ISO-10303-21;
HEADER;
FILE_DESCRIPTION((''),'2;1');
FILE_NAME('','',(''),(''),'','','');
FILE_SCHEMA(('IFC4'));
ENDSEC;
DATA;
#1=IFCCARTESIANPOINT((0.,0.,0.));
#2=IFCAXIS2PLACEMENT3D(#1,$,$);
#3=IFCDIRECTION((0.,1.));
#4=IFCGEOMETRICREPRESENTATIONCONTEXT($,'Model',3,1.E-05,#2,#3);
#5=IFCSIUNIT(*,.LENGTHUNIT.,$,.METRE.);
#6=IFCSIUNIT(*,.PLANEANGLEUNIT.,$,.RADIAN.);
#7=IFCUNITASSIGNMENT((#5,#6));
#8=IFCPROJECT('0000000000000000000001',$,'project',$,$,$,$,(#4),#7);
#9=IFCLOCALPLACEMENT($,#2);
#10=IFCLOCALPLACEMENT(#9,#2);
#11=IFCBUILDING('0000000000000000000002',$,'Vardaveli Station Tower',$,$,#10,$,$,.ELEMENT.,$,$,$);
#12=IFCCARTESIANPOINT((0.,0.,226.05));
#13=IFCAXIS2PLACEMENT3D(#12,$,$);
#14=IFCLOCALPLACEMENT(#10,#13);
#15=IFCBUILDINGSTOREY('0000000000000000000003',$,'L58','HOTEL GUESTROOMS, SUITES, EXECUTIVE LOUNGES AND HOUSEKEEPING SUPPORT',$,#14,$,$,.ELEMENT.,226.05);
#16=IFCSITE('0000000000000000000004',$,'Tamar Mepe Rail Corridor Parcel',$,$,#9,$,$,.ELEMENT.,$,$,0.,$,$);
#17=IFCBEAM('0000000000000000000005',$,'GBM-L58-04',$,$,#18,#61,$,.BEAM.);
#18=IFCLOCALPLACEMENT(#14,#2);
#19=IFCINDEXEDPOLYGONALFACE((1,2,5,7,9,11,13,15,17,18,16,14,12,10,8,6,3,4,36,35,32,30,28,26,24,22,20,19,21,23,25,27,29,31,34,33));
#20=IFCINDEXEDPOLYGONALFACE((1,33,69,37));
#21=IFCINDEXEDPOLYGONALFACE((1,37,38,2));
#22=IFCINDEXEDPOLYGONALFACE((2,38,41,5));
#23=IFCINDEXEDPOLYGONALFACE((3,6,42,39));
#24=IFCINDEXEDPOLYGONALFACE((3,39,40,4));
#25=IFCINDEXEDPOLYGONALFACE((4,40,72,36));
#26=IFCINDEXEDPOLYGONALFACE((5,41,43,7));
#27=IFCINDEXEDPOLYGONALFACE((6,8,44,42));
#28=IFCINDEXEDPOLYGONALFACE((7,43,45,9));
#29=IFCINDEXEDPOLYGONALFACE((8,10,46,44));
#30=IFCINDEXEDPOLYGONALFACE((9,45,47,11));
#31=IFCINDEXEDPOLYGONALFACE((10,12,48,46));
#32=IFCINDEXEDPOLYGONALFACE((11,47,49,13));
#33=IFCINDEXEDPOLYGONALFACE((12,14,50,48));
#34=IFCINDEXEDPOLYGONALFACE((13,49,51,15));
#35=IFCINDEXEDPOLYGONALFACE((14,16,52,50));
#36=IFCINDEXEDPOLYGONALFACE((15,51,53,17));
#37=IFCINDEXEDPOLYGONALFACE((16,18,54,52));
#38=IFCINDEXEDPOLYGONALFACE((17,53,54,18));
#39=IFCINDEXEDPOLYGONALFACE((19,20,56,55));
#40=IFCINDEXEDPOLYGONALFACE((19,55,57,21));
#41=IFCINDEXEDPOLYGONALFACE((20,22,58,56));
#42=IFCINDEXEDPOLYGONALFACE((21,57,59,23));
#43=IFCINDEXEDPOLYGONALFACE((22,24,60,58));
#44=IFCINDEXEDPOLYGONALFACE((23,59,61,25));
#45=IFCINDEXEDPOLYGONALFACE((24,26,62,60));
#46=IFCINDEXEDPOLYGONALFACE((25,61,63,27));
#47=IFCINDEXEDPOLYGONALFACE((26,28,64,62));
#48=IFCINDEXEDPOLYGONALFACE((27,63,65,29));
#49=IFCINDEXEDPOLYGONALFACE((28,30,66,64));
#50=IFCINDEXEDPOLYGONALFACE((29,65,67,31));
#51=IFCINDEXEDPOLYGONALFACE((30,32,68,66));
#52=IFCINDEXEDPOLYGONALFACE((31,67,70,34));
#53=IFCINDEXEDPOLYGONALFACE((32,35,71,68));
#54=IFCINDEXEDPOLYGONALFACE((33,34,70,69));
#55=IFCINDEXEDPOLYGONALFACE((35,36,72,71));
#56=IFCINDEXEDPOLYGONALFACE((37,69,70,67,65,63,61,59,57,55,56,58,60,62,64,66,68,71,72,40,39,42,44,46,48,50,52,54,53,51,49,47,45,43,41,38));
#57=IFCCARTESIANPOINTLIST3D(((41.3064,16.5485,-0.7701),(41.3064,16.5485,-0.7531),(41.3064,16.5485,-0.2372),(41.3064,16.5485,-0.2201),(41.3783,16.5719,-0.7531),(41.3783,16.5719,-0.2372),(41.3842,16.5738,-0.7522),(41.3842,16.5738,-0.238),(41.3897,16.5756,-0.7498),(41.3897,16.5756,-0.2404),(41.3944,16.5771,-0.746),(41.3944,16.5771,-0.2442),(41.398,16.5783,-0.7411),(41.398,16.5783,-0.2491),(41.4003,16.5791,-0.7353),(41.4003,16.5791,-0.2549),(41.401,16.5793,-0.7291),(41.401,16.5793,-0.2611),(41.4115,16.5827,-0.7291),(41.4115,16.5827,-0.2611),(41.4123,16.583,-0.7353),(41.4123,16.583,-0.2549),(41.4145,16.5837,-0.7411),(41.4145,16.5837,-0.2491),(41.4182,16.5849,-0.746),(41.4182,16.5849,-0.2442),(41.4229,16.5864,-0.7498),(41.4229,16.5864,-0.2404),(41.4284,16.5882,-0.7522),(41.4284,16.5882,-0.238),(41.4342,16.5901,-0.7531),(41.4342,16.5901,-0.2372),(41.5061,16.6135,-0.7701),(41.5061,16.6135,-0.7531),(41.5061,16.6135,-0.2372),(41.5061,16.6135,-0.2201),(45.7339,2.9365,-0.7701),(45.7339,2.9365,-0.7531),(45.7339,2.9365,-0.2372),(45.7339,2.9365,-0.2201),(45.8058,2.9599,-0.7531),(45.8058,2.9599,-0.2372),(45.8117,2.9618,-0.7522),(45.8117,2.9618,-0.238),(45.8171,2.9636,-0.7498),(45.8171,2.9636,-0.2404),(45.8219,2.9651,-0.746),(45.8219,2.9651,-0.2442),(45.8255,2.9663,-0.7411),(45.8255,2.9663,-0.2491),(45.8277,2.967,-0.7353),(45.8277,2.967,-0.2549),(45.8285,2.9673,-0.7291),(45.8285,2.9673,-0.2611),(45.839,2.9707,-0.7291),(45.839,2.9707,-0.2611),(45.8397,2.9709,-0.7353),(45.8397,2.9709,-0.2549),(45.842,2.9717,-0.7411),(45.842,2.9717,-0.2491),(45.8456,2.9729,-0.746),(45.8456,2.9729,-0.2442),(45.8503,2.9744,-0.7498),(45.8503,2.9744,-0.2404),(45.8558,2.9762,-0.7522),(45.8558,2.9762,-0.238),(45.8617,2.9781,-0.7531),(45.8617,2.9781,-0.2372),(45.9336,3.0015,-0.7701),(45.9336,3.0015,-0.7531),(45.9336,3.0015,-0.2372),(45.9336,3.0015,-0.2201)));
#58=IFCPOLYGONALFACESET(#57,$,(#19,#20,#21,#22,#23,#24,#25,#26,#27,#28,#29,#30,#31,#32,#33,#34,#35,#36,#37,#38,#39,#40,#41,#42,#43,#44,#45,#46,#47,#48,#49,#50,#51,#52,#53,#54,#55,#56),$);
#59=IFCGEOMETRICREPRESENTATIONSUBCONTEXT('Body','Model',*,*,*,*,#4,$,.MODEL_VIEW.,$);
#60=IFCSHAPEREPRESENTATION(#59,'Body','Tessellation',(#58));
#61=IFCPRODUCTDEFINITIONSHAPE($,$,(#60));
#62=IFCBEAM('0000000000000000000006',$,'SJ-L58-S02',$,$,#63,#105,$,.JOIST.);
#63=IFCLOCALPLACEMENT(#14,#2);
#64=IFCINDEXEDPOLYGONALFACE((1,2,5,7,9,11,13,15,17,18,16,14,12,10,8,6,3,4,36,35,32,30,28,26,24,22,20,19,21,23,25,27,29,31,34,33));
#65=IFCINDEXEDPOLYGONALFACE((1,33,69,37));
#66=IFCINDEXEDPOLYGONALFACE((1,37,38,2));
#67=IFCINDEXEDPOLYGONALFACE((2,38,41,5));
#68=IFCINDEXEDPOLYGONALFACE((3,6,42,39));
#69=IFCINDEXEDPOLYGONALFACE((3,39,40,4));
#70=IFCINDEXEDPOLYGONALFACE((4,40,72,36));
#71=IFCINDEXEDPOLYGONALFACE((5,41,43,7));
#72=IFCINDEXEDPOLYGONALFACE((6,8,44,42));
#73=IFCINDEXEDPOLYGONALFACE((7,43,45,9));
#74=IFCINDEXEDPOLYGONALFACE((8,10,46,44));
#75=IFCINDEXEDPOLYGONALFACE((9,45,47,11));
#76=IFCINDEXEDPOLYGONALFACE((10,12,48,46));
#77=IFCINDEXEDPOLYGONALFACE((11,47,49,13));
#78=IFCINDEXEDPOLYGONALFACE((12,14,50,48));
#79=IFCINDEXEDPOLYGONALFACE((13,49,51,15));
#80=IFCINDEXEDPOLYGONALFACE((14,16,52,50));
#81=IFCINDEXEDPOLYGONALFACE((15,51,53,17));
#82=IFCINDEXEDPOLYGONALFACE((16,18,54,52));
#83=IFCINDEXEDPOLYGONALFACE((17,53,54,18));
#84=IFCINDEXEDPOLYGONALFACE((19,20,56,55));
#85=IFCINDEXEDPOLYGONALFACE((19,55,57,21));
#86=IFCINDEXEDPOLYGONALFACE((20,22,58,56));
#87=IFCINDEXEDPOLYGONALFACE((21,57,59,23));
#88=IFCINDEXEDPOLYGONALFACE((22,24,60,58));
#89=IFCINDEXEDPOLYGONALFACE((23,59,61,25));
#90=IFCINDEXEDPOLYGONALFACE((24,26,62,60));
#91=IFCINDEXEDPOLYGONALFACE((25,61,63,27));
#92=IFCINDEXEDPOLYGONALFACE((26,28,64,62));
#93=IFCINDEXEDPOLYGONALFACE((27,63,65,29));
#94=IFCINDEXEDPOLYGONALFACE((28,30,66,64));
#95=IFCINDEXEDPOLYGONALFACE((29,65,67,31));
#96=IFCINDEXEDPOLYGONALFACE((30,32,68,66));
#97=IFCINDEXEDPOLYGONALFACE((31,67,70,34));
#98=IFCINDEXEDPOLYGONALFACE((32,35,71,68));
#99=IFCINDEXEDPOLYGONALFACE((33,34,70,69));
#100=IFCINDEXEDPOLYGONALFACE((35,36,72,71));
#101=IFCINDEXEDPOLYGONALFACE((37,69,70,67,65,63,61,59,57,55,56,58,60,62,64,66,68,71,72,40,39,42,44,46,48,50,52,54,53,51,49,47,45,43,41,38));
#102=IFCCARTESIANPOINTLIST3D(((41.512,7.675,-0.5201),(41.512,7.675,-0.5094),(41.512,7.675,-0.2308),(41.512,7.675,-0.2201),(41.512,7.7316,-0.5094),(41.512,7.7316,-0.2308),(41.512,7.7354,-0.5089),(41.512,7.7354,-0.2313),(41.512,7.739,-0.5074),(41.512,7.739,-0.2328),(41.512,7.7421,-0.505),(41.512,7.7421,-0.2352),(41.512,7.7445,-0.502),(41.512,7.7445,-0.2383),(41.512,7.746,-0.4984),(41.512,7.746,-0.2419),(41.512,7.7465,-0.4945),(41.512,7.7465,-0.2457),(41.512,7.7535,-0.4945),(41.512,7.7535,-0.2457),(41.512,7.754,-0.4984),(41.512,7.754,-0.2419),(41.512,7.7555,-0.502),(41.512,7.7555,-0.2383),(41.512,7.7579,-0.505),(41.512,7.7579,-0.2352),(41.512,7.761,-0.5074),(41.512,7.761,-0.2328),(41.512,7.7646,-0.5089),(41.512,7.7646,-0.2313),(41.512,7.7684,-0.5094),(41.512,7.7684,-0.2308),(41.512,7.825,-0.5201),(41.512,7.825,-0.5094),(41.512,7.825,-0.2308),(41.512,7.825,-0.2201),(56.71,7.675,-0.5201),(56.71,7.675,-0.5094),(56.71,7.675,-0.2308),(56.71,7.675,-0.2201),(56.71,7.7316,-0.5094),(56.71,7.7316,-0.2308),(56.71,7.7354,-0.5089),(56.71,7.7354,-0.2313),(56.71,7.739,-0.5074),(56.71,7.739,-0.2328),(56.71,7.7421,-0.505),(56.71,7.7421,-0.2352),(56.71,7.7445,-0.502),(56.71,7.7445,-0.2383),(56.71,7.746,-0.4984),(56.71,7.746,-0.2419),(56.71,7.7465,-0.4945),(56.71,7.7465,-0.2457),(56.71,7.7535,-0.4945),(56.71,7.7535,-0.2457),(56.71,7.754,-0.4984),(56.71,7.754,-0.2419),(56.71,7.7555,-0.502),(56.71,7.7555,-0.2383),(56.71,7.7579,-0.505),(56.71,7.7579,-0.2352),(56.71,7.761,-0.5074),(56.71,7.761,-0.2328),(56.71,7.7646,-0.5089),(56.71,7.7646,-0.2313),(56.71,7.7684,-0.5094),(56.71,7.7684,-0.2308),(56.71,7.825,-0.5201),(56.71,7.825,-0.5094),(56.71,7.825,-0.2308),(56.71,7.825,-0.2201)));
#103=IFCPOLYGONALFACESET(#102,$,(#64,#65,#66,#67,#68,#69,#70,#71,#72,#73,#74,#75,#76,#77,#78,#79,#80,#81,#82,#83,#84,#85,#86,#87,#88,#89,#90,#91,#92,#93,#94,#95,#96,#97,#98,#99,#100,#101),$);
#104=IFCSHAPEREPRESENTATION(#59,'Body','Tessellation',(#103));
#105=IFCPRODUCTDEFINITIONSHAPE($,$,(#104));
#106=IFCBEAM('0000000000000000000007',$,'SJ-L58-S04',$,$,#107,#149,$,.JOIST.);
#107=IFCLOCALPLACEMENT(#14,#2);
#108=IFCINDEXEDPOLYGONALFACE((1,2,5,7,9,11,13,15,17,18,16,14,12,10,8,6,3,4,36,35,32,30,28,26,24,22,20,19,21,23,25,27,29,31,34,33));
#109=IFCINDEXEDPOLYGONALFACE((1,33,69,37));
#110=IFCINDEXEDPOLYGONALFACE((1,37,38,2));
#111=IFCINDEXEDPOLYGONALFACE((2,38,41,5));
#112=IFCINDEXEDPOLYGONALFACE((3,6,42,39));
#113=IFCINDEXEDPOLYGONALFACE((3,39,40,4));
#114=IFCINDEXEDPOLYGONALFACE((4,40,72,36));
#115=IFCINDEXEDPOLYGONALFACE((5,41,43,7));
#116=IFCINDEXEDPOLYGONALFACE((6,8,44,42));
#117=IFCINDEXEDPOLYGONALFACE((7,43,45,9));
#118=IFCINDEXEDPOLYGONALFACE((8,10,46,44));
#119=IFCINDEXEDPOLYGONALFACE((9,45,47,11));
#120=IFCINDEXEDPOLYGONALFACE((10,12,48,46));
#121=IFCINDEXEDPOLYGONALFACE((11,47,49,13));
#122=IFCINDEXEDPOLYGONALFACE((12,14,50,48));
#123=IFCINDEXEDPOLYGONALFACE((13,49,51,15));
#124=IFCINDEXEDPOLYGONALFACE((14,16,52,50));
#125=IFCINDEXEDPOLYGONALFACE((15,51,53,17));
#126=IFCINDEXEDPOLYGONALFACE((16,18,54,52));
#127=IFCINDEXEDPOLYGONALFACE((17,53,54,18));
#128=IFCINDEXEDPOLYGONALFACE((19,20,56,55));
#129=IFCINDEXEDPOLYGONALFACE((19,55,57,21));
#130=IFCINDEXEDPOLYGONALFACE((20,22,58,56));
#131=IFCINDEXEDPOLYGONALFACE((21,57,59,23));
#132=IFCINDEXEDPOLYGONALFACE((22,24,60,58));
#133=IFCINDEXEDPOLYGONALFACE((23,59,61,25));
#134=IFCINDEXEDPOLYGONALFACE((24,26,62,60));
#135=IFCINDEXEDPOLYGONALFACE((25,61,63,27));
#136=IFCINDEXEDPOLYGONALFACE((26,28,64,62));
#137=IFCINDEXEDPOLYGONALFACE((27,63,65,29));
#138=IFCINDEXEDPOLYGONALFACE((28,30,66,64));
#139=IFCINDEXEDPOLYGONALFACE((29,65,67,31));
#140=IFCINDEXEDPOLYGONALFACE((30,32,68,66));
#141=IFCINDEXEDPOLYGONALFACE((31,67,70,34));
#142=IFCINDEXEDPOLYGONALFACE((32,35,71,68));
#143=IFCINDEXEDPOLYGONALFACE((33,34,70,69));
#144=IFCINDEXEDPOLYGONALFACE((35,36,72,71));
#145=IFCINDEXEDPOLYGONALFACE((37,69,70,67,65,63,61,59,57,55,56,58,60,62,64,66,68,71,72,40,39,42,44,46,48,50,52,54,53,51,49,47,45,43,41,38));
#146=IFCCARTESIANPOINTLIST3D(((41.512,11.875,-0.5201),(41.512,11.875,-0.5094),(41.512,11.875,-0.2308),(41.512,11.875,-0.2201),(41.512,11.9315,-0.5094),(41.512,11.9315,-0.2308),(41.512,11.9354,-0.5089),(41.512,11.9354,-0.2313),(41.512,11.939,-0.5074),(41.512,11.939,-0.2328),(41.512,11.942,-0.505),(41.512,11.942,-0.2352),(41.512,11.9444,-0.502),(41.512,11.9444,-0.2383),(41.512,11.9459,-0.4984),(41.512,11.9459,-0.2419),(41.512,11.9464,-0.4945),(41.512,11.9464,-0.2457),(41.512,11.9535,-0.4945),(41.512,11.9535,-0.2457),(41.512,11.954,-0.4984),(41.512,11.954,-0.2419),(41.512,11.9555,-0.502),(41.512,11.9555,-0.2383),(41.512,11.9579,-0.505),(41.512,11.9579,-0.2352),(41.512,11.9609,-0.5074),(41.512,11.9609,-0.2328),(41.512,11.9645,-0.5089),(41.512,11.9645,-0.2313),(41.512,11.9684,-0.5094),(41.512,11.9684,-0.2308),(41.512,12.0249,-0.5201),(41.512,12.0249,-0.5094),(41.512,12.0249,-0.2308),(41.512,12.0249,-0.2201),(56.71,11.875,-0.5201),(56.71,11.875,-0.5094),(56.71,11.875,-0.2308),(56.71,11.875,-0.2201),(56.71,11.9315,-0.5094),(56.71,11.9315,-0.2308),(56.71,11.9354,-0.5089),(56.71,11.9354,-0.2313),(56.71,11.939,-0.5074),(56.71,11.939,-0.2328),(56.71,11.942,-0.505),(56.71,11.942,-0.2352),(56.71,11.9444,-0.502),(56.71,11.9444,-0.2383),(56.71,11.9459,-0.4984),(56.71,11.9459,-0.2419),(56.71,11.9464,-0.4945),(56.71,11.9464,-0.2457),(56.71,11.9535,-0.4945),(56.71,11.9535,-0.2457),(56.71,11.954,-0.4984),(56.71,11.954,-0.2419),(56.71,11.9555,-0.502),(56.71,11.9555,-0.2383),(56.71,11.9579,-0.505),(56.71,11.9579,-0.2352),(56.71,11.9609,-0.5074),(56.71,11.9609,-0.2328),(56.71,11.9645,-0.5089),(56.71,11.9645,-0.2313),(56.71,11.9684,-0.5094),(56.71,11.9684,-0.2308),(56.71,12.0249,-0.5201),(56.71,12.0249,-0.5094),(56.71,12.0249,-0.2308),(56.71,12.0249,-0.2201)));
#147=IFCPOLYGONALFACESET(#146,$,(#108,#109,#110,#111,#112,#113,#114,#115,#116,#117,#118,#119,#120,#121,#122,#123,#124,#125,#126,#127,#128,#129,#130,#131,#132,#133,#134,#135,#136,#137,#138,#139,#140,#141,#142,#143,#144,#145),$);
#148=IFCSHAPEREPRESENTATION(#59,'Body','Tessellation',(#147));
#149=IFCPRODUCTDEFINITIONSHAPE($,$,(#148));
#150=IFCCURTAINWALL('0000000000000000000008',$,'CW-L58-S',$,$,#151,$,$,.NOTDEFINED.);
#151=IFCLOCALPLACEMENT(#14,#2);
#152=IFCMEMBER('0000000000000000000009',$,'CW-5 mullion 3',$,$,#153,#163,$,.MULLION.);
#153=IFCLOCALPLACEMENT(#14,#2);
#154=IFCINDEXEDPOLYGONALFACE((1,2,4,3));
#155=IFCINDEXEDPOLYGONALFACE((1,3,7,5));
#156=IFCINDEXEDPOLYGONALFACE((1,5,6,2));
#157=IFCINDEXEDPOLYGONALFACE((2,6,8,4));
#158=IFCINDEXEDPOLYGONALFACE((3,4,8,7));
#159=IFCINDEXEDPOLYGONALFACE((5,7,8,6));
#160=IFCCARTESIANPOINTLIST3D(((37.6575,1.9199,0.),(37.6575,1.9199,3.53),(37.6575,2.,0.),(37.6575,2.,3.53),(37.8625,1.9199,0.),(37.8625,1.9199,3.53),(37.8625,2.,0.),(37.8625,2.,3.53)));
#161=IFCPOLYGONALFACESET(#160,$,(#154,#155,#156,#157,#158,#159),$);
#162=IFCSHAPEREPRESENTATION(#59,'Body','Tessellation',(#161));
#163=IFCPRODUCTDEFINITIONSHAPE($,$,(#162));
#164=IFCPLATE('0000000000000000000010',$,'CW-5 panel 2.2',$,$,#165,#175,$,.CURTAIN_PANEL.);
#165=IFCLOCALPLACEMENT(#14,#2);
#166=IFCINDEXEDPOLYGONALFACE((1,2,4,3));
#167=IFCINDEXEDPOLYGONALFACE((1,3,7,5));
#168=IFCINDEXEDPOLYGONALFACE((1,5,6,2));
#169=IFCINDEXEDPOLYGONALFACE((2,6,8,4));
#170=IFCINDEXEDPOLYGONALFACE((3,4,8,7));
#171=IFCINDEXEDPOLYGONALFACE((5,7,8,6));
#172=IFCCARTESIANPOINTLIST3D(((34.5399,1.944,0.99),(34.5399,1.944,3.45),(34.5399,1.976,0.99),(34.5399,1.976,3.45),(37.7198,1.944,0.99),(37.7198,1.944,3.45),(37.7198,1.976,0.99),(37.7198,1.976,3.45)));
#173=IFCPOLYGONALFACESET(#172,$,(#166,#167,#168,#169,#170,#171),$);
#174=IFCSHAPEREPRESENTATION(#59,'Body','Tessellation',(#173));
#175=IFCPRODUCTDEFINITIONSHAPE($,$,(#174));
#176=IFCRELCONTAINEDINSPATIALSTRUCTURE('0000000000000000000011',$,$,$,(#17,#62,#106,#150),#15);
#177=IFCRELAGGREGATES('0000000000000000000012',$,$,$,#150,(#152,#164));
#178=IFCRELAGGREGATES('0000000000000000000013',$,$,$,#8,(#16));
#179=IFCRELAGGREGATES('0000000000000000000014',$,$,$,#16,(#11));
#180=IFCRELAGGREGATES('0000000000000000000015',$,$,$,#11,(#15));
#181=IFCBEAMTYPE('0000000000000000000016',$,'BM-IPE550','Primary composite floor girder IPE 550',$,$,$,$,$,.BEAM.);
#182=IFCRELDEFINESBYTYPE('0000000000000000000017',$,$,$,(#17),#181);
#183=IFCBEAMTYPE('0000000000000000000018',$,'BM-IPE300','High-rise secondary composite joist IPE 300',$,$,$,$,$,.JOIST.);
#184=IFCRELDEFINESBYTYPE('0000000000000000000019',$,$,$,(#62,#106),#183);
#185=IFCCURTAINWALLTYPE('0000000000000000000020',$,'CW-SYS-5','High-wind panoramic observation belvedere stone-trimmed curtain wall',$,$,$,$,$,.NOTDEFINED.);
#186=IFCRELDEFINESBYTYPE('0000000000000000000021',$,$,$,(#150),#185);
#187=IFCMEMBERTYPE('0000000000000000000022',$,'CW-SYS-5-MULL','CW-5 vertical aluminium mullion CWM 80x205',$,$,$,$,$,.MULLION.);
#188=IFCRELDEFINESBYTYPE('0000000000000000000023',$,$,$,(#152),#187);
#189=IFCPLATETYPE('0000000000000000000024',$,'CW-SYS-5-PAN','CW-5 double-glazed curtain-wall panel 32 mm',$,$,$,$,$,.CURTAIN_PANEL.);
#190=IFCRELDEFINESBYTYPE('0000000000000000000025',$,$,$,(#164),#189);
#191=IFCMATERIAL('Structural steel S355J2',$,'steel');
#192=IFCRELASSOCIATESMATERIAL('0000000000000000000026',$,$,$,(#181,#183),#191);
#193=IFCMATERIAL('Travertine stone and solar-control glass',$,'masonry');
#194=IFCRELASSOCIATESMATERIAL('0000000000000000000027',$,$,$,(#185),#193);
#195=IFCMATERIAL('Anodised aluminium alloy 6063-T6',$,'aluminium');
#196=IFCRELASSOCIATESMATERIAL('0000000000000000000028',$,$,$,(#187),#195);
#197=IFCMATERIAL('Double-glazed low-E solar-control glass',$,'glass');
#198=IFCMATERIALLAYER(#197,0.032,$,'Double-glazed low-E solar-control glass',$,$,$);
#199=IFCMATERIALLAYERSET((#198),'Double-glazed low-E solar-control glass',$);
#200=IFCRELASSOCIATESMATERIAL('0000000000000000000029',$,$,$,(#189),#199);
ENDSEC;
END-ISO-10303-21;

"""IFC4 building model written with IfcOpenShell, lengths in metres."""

from ifc_helpers import new_model, si_unit, direction, frame, origin, origin_2d, place, context, subcontext, project, spatial, rectangle, i_section, extrude, source, transform, mapped, material, layer, layer_set, material_profile, profile_set, type_object, element, aggregate, save


model = new_model("IFC4")

# Units and contexts
model_context = context("Model", 3, precision=1e-05, world=origin(), true_north=direction((0.0, 1.0)))
body_context = subcontext(model_context, "Body", "Model", "MODEL_VIEW")
ifc_project = project(units=[si_unit("LENGTHUNIT", "METRE"), si_unit("PLANEANGLEUNIT", "RADIAN")], contexts=[model_context])

# Site, building, storey
site_placement = place(None, origin())
site = spatial("IfcSite", under=ifc_project, at=site_placement, Name="Tamar Mepe Rail Corridor Parcel", CompositionType="ELEMENT", RefElevation=0.0)
building_placement = place(site_placement, origin())
building = spatial("IfcBuilding", under=site, at=building_placement, Name="Vardaveli Station Tower", CompositionType="ELEMENT")
storey_placement = place(building_placement, frame((0.0, 0.0, 226.05)))
storey = spatial("IfcBuildingStorey", under=building, at=storey_placement, Name="L58", Description="HOTEL GUESTROOMS, SUITES, EXECUTIVE LOUNGES AND HOUSEKEEPING SUPPORT", CompositionType="ELEMENT", Elevation=226.05)

# Beams
ifc_material_1 = material(Name="Structural steel S355J2", Category="steel")
ifc_material_profile_1 = material_profile(ifc_material_1, i_section(OverallWidth=0.21, OverallDepth=0.55, WebThickness=0.011, FlangeThickness=0.0171, FilletRadius=0.0239, at=origin_2d()), Name="IPE 550")
ifc_profile_set_1 = profile_set([ifc_material_profile_1], Name="Structural steel S355J2")
beam_type_1 = type_object("IfcBeamType", Name="BM-IPE550", Description="Primary composite floor girder IPE 550", PredefinedType="BEAM", material=ifc_profile_set_1)
shared_shape_1 = source(origin(), body_context, "Body", "SweptSolid", [
    extrude(i_section(OverallWidth=0.21, OverallDepth=0.55, WebThickness=0.011, FlangeThickness=0.0171, FilletRadius=0.0239, at=origin_2d()), origin(), (0.0, 0.0, 1.0), 14.314),
])
beam_1_placement = place(storey_placement, frame((45.8337, 2.969, -0.4951), z_axis=(-0.309312, 0.950961, 0.0), x_axis=(-0.950961, -0.309312, 0.0)))
element("IfcBeam", 1, at=beam_1_placement, inside=storey, type_object=beam_type_1, Name="GBM-L58-04", PredefinedType="BEAM", context=body_context, shape_type="MappedRepresentation", body=[
    mapped(shared_shape_1, transform((0.0, 0.0, 0.0), scale=1.0)),
])
ifc_material_profile_2 = material_profile(ifc_material_1, i_section(OverallWidth=0.1499, OverallDepth=0.3, WebThickness=0.0071, FlangeThickness=0.0107, FilletRadius=0.0149, at=origin_2d()), Name="IPE 300")
ifc_profile_set_2 = profile_set([ifc_material_profile_2], Name="Structural steel S355J2")
beam_type_2 = type_object("IfcBeamType", Name="BM-IPE300", Description="High-rise secondary composite joist IPE 300", PredefinedType="JOIST", material=ifc_profile_set_2)
shared_shape_2 = source(origin(), body_context, "Body", "SweptSolid", [
    extrude(i_section(OverallWidth=0.1499, OverallDepth=0.3, WebThickness=0.0071, FlangeThickness=0.0107, FilletRadius=0.0149, at=origin_2d()), origin(), (0.0, 0.0, 1.0), 15.198),
])
for number, where, z_axis, x_axis, name in (
    (2, (41.512, 7.75, -0.3701), (1.0, 0.0, 0.0), (0.0, 1.0, 0.0), "SJ-L58-S02"),
    (3, (41.512, 11.95, -0.3701), (1.0, 0.0, 0.0), (0.0, 1.0, 0.0), "SJ-L58-S04"),
):
    element("IfcBeam", number, at=place(storey_placement, frame(where, z_axis=z_axis, x_axis=x_axis)), inside=storey, type_object=beam_type_2, Name=name, PredefinedType="JOIST", context=body_context, shape_type="MappedRepresentation", body=[
        mapped(shared_shape_2, transform((0.0, 0.0, 0.0), scale=1.0)),
    ])

# Curtain wall, member, plate
ifc_material_2 = material(Name="Travertine stone and solar-control glass", Category="masonry")
curtain_wall_type = type_object("IfcCurtainWallType", Name="CW-SYS-5", Description="High-wind panoramic observation belvedere stone-trimmed curtain wall", PredefinedType="NOTDEFINED", material=ifc_material_2)
curtain_wall_placement = place(storey_placement, origin())
curtain_wall = element("IfcCurtainWall", 4, at=curtain_wall_placement, inside=storey, type_object=curtain_wall_type, Name="CW-L58-S", PredefinedType="NOTDEFINED")
ifc_material_3 = material(Name="Anodised aluminium alloy 6063-T6", Category="aluminium")
ifc_material_profile_3 = material_profile(ifc_material_3, rectangle(XDim=0.0801, YDim=0.2051, at=origin_2d()), Name="CWM 80x205")
ifc_profile_set_3 = profile_set([ifc_material_profile_3], Name="Anodised aluminium alloy 6063-T6")
member_type = type_object("IfcMemberType", Name="CW-SYS-5-MULL", Description="CW-5 vertical aluminium mullion CWM 80x205", PredefinedType="MULLION", material=ifc_profile_set_3)
shared_shape_3 = source(origin(), body_context, "Body", "SweptSolid", [
    extrude(rectangle(XDim=0.0801, YDim=0.2051, at=origin_2d()), origin(), (0.0, 0.0, 1.0), 3.53),
])
member_placement = place(storey_placement, frame((37.76, 1.96, 0.0), z_axis=(0.0, 0.0, 1.0), x_axis=(0.0, 1.0, 0.0)))
member = element("IfcMember", 5, at=member_placement, type_object=member_type, Name="CW-5 mullion 3", PredefinedType="MULLION", context=body_context, shape_type="MappedRepresentation", body=[
    mapped(shared_shape_3, transform((0.0, 0.0, 0.0), scale=1.0)),
])
ifc_material_4 = material(Name="Double-glazed low-E solar-control glass", Category="glass")
ifc_layer_1 = layer(ifc_material_4, 0.032, Name="Double-glazed low-E solar-control glass")
ifc_layer_set_1 = layer_set([ifc_layer_1], Name="Double-glazed low-E solar-control glass")
plate_type = type_object("IfcPlateType", Name="CW-SYS-5-PAN", Description="CW-5 double-glazed curtain-wall panel 32 mm", PredefinedType="CURTAIN_PANEL", material=ifc_layer_set_1)
shared_shape_4 = source(origin(), body_context, "Body", "SweptSolid", [
    extrude(rectangle(XDim=3.1799, YDim=0.032, at=origin_2d()), origin(), (0.0, 0.0, 1.0), 2.46),
])
plate_placement = place(storey_placement, frame((36.1299, 1.96, 0.99), z_axis=(0.0, 0.0, 1.0), x_axis=(1.0, 0.0, 0.0)))
plate = element("IfcPlate", 6, at=plate_placement, type_object=plate_type, Name="CW-5 panel 2.2", PredefinedType="CURTAIN_PANEL", context=body_context, shape_type="MappedRepresentation", body=[
    mapped(shared_shape_4, transform((0.0, 0.0, 0.0), scale=1.0)),
])
aggregate(curtain_wall, [member, plate])

save(model, "model.ifc")
